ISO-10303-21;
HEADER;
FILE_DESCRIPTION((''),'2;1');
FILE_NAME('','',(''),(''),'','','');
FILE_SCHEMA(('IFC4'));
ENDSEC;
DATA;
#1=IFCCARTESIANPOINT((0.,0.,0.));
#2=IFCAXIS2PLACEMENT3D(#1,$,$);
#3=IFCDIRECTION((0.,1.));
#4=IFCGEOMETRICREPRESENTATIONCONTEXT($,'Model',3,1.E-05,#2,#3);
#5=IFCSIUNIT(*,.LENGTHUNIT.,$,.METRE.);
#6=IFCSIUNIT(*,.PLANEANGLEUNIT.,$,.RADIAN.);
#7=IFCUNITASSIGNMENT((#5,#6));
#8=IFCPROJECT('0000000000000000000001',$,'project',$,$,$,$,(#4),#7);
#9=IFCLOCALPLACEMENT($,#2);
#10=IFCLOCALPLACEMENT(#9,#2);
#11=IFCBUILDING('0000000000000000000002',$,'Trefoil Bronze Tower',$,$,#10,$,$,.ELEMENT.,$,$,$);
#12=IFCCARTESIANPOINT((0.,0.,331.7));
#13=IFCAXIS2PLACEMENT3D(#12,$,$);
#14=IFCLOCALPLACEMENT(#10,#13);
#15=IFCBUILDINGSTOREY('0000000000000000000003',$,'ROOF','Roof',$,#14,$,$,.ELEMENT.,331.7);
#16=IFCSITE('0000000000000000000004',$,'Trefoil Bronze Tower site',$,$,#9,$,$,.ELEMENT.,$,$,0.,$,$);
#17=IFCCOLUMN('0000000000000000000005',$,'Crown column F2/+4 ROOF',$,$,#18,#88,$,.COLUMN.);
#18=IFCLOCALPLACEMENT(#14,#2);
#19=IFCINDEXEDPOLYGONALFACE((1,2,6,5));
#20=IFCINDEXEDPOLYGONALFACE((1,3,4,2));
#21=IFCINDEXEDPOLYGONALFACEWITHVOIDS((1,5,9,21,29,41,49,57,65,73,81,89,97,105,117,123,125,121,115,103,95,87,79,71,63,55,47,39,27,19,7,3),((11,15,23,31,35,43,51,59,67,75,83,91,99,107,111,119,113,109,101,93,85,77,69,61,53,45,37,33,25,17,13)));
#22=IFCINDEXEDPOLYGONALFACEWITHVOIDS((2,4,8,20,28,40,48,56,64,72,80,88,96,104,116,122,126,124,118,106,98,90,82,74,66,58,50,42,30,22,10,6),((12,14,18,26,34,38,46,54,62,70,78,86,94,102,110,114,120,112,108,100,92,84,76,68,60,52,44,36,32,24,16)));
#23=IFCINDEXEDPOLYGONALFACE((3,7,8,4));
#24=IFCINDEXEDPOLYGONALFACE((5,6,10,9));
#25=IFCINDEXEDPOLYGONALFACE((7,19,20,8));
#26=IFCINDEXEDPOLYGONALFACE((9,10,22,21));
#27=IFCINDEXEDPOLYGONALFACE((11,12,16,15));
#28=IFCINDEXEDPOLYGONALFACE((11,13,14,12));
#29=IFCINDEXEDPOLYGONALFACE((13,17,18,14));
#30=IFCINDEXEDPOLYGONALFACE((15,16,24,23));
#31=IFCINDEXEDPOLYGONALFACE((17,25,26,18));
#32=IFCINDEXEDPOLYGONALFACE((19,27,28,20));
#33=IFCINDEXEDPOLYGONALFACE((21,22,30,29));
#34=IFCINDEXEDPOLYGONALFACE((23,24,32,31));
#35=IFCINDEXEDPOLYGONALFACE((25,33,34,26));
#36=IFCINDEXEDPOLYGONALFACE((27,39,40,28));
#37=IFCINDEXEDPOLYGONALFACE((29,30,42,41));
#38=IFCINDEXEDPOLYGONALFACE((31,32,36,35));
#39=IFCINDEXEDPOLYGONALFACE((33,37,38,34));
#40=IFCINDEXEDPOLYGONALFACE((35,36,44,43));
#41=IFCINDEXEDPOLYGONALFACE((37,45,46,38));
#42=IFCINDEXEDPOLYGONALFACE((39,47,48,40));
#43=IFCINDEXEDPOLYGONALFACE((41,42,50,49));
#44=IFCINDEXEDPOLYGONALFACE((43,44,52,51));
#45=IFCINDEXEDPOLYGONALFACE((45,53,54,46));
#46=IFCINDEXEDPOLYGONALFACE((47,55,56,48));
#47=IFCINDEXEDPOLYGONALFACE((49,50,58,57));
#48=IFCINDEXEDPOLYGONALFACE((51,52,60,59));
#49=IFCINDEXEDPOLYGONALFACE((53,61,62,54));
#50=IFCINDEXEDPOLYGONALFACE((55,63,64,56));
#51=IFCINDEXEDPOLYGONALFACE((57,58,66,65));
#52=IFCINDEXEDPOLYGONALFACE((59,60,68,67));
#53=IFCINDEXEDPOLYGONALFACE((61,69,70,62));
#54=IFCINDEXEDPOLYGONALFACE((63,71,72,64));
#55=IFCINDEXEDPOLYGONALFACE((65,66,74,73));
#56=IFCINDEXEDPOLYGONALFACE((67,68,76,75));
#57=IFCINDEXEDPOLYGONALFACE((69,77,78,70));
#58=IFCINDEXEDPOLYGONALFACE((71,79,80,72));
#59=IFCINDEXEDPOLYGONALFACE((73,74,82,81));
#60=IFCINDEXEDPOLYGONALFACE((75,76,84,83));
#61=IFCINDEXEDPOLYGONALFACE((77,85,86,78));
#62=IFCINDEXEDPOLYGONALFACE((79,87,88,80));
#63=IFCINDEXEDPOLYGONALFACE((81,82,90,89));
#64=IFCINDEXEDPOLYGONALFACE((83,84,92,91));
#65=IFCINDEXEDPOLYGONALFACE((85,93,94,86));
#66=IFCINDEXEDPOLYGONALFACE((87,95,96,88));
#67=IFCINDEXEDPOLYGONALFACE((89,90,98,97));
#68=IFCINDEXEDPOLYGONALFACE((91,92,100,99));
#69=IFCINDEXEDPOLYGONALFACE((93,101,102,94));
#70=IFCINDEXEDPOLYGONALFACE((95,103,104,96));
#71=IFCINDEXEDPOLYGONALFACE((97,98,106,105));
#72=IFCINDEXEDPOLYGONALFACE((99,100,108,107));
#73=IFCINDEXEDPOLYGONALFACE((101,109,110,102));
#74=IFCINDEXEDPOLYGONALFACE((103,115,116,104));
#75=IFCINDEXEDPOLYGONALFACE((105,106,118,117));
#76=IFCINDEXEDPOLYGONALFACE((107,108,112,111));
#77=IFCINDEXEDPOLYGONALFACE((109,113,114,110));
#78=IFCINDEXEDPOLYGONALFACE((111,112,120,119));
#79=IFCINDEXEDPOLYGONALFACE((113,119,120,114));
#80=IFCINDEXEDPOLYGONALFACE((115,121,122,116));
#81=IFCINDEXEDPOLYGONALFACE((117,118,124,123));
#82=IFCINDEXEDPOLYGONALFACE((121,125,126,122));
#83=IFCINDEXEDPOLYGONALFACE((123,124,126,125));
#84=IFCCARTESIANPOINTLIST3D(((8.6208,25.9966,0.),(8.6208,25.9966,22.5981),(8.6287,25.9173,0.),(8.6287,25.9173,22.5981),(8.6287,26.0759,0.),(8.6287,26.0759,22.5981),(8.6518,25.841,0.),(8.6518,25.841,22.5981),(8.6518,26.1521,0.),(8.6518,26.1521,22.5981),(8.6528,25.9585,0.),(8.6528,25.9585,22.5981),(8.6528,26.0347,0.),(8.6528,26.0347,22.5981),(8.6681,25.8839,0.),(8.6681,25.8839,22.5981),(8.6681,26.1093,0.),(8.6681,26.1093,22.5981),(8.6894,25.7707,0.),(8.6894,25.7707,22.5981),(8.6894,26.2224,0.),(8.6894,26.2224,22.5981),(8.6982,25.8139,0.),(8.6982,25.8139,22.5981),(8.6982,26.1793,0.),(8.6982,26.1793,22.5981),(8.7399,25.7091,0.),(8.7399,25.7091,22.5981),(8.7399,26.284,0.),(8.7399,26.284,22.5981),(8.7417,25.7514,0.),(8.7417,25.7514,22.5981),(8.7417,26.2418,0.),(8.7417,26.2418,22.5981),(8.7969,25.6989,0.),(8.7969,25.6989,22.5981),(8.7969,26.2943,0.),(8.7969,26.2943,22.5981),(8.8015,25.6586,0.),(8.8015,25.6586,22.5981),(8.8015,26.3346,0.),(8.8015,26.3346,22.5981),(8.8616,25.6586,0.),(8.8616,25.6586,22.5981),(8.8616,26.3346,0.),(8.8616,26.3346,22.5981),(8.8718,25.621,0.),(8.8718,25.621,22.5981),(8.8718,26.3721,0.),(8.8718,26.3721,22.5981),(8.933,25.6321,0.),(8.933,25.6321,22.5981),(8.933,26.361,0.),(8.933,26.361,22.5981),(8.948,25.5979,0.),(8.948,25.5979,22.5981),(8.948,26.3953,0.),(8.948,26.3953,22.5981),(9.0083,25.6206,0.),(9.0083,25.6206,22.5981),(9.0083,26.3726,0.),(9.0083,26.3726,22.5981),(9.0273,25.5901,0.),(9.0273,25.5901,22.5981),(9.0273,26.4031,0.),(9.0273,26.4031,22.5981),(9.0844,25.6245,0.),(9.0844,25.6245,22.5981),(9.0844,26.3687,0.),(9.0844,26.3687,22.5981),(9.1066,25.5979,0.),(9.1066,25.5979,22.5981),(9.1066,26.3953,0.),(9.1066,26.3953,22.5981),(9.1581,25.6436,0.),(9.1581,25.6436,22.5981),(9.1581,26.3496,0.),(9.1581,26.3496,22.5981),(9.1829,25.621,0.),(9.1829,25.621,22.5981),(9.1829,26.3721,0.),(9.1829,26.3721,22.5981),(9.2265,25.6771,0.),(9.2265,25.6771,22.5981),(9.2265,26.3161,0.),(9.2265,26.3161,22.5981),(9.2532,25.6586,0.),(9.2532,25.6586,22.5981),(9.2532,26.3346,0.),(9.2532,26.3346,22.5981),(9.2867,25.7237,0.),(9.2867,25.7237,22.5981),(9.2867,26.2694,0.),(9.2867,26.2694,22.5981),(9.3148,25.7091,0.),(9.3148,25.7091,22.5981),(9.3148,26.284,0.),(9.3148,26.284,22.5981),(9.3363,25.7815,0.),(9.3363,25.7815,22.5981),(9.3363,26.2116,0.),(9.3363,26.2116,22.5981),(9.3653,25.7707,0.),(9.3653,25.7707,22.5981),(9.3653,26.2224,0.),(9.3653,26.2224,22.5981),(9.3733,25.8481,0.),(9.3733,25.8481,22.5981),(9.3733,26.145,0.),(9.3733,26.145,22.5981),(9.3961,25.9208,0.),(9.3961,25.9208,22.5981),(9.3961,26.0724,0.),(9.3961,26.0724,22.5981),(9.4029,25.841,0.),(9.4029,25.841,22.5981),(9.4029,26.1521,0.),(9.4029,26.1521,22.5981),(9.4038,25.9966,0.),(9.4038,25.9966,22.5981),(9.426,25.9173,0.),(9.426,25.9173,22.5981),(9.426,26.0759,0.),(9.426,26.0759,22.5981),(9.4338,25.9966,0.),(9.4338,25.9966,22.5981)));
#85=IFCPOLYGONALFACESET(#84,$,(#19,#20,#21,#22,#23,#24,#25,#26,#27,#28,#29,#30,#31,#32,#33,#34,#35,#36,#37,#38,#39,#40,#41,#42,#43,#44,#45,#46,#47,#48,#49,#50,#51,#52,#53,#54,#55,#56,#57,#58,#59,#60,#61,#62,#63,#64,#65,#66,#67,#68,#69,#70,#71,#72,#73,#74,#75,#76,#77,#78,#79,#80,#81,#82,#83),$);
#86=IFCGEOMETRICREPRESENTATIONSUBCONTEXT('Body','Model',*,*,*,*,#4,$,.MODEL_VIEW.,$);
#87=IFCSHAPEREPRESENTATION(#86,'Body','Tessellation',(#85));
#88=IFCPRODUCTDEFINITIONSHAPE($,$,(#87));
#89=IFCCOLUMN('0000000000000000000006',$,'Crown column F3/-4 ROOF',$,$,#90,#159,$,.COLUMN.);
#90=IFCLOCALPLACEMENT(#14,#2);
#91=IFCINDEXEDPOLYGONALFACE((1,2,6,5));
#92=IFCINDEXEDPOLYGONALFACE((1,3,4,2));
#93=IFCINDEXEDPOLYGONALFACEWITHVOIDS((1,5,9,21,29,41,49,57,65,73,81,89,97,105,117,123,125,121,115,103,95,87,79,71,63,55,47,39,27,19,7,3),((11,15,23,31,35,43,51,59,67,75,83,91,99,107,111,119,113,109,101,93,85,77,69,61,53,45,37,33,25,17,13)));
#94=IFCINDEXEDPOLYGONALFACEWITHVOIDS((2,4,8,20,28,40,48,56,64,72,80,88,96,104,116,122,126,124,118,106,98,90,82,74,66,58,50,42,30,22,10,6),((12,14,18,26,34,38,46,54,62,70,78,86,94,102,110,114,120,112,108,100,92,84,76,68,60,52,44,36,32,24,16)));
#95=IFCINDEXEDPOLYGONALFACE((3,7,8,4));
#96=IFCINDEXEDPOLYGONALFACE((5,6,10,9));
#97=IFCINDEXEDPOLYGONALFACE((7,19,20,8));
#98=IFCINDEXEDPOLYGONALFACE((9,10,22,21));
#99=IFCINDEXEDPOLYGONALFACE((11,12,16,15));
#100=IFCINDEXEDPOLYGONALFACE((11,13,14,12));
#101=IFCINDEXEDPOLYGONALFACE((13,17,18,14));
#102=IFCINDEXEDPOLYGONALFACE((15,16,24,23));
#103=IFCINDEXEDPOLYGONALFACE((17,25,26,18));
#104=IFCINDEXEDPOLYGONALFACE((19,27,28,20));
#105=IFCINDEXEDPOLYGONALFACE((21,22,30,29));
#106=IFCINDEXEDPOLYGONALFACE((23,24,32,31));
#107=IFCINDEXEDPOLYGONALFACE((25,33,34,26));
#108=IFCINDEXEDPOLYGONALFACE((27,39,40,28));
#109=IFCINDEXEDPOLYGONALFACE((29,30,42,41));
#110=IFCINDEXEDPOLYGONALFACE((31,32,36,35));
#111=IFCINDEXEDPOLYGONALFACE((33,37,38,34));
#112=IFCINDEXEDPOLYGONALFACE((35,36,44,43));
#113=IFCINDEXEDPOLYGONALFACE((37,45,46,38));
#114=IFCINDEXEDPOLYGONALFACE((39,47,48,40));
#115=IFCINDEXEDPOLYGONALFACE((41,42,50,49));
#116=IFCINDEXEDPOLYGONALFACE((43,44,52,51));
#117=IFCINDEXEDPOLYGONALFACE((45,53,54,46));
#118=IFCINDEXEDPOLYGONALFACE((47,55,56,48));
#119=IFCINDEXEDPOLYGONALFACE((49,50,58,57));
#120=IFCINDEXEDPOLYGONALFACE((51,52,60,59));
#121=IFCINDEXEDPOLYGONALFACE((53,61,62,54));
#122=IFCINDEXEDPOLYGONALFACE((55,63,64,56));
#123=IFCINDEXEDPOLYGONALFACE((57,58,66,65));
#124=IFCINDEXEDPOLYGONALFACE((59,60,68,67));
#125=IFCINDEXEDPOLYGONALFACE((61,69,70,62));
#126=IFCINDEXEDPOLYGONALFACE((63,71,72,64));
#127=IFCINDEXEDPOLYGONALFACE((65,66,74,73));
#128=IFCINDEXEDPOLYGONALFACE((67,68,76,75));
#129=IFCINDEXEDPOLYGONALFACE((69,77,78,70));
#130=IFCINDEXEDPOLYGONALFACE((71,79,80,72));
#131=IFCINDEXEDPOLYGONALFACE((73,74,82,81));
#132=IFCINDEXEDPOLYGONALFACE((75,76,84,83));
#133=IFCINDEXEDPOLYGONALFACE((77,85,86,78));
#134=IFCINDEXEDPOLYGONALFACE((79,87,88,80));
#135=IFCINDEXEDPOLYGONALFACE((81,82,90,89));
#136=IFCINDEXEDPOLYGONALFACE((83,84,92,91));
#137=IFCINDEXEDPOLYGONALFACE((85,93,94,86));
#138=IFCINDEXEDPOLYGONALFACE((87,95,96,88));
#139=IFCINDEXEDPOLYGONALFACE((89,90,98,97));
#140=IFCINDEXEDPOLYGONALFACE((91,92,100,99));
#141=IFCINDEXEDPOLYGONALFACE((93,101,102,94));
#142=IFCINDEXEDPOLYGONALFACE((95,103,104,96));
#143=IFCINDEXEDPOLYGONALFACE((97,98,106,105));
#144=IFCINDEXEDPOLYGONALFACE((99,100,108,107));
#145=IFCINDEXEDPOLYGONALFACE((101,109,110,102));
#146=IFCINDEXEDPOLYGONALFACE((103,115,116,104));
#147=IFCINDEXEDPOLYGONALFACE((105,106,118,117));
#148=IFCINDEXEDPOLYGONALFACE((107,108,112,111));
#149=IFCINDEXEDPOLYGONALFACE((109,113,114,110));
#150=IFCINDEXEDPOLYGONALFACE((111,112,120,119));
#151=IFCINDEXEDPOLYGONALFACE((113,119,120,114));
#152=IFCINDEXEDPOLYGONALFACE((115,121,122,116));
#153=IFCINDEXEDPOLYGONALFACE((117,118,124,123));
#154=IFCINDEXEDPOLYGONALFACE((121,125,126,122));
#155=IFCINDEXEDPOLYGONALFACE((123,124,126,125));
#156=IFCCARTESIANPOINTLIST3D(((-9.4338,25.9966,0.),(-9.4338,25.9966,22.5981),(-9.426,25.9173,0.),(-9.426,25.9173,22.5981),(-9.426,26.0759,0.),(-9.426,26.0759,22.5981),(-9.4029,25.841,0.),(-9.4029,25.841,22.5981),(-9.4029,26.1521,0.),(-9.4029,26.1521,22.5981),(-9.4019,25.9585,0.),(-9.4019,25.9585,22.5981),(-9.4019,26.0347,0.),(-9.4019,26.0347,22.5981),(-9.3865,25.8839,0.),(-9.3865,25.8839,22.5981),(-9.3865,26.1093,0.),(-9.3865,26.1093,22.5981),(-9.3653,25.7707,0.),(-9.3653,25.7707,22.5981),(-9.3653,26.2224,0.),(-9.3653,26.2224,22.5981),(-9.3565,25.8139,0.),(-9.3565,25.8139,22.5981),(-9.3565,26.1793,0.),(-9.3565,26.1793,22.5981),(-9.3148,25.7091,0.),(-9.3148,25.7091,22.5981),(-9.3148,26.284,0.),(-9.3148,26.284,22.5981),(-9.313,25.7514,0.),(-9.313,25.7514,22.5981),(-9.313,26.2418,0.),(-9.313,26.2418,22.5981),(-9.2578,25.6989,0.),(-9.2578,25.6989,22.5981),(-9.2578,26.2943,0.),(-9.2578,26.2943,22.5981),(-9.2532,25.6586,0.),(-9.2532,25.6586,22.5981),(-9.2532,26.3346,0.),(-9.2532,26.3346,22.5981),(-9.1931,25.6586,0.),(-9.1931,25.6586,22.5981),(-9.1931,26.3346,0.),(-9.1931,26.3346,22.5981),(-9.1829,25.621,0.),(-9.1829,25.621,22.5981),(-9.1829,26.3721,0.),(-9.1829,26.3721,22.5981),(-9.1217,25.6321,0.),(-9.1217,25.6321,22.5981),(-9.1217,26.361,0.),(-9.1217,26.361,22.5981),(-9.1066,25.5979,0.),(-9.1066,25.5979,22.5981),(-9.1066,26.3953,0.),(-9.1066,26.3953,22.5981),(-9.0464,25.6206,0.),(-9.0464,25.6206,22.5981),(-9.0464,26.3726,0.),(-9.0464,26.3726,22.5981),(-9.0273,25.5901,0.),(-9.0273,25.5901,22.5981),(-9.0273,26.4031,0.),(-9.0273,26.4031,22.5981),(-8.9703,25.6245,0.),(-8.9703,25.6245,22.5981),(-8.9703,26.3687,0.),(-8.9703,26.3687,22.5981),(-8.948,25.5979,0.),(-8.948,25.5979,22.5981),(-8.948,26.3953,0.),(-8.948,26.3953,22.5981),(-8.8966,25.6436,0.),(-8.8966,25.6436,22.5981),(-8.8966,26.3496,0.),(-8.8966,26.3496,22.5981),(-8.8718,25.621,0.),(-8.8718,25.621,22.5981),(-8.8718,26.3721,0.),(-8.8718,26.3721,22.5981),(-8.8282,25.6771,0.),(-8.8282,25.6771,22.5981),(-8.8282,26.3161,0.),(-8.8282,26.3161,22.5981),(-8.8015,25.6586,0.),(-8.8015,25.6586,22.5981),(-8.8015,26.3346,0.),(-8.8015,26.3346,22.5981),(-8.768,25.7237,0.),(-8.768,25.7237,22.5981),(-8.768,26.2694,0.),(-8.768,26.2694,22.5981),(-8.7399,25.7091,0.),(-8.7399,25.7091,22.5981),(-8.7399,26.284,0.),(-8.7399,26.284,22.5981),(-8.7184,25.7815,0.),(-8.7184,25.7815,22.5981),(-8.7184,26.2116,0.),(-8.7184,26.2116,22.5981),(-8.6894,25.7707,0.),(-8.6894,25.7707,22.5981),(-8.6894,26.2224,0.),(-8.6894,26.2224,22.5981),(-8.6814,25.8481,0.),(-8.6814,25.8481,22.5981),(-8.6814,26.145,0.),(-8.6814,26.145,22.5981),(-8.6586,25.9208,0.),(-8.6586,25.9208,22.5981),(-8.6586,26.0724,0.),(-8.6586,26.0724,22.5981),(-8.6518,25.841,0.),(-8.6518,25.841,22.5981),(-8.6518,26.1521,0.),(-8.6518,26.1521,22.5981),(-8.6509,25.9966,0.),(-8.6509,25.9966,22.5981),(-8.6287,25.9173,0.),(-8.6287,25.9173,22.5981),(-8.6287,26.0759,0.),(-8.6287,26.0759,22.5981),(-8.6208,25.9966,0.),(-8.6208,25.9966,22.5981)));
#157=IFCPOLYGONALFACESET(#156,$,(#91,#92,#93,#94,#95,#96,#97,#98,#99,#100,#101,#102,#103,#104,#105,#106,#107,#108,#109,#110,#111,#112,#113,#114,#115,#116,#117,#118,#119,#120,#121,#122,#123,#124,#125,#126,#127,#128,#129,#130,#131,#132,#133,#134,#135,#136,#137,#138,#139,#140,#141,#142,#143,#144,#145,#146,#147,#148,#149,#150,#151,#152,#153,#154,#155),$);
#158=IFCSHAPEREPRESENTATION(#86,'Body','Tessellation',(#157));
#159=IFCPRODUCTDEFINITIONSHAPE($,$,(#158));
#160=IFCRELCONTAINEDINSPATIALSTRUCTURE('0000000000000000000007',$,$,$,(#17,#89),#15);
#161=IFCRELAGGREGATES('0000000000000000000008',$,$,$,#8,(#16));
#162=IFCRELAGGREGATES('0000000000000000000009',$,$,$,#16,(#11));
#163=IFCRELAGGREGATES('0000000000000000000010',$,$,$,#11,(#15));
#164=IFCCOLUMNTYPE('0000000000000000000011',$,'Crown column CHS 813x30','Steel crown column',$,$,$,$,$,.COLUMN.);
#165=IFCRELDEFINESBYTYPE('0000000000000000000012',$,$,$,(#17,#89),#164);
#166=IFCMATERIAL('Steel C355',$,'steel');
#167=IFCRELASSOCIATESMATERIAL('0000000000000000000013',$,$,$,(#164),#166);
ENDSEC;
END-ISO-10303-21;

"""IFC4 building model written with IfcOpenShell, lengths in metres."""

from ifc_helpers import new_model, si_unit, direction, frame, origin, origin_2d, place, context, subcontext, project, spatial, hollow_circle, extrude, material, material_profile, profile_set, type_object, element, save


model = new_model("IFC4")

# Units and contexts
model_context = context("Model", 3, precision=1e-05, world=origin(), true_north=direction((0.0, 1.0)))
body_context = subcontext(model_context, "Body", "Model", "MODEL_VIEW")
ifc_project = project(units=[si_unit("LENGTHUNIT", "METRE"), si_unit("PLANEANGLEUNIT", "RADIAN")], contexts=[model_context])

# Site, building, storey
site_placement = place(None, origin())
site = spatial("IfcSite", under=ifc_project, at=site_placement, Name="Trefoil Bronze Tower site", CompositionType="ELEMENT", RefElevation=0.0)
building_placement = place(site_placement, origin())
building = spatial("IfcBuilding", under=site, at=building_placement, Name="Trefoil Bronze Tower", CompositionType="ELEMENT")
storey_placement = place(building_placement, frame((0.0, 0.0, 331.7)))
storey = spatial("IfcBuildingStorey", under=building, at=storey_placement, Name="ROOF", Description="Roof", CompositionType="ELEMENT", Elevation=331.7)

# Columns
ifc_material_1 = material(Name="Steel C355", Category="steel")
ifc_material_profile_1 = material_profile(ifc_material_1, hollow_circle(Radius=0.4065, WallThickness=0.03, at=origin_2d()), Name="CHS 813x30")
ifc_profile_set_1 = profile_set([ifc_material_profile_1], Name="Steel C355")
column_type_1 = type_object("IfcColumnType", Name="Crown column CHS 813x30", Description="Steel crown column", PredefinedType="COLUMN", material=ifc_profile_set_1)
for number, where, z_axis, x_axis, name in (
    (1, (9.0273, 25.9966, 0.0), (0.0, 0.0, 1.0), (1.0, 0.0, 0.0), "Crown column F2/+4 ROOF"),
    (2, (-9.0273, 25.9966, 0.0), (0.0, 0.0, 1.0), (1.0, 0.0, 0.0), "Crown column F3/-4 ROOF"),
):
    element("IfcColumn", number, at=place(storey_placement, frame(where, z_axis=z_axis, x_axis=x_axis)), inside=storey, type_object=column_type_1, Name=name, PredefinedType="COLUMN", context=body_context, shape_type="SweptSolid", body=[
        extrude(hollow_circle(Radius=0.4065, WallThickness=0.03, at=origin_2d()), origin(), (0.0, 0.0, 1.0), 22.5981),
    ])

save(model, "model.ifc")
